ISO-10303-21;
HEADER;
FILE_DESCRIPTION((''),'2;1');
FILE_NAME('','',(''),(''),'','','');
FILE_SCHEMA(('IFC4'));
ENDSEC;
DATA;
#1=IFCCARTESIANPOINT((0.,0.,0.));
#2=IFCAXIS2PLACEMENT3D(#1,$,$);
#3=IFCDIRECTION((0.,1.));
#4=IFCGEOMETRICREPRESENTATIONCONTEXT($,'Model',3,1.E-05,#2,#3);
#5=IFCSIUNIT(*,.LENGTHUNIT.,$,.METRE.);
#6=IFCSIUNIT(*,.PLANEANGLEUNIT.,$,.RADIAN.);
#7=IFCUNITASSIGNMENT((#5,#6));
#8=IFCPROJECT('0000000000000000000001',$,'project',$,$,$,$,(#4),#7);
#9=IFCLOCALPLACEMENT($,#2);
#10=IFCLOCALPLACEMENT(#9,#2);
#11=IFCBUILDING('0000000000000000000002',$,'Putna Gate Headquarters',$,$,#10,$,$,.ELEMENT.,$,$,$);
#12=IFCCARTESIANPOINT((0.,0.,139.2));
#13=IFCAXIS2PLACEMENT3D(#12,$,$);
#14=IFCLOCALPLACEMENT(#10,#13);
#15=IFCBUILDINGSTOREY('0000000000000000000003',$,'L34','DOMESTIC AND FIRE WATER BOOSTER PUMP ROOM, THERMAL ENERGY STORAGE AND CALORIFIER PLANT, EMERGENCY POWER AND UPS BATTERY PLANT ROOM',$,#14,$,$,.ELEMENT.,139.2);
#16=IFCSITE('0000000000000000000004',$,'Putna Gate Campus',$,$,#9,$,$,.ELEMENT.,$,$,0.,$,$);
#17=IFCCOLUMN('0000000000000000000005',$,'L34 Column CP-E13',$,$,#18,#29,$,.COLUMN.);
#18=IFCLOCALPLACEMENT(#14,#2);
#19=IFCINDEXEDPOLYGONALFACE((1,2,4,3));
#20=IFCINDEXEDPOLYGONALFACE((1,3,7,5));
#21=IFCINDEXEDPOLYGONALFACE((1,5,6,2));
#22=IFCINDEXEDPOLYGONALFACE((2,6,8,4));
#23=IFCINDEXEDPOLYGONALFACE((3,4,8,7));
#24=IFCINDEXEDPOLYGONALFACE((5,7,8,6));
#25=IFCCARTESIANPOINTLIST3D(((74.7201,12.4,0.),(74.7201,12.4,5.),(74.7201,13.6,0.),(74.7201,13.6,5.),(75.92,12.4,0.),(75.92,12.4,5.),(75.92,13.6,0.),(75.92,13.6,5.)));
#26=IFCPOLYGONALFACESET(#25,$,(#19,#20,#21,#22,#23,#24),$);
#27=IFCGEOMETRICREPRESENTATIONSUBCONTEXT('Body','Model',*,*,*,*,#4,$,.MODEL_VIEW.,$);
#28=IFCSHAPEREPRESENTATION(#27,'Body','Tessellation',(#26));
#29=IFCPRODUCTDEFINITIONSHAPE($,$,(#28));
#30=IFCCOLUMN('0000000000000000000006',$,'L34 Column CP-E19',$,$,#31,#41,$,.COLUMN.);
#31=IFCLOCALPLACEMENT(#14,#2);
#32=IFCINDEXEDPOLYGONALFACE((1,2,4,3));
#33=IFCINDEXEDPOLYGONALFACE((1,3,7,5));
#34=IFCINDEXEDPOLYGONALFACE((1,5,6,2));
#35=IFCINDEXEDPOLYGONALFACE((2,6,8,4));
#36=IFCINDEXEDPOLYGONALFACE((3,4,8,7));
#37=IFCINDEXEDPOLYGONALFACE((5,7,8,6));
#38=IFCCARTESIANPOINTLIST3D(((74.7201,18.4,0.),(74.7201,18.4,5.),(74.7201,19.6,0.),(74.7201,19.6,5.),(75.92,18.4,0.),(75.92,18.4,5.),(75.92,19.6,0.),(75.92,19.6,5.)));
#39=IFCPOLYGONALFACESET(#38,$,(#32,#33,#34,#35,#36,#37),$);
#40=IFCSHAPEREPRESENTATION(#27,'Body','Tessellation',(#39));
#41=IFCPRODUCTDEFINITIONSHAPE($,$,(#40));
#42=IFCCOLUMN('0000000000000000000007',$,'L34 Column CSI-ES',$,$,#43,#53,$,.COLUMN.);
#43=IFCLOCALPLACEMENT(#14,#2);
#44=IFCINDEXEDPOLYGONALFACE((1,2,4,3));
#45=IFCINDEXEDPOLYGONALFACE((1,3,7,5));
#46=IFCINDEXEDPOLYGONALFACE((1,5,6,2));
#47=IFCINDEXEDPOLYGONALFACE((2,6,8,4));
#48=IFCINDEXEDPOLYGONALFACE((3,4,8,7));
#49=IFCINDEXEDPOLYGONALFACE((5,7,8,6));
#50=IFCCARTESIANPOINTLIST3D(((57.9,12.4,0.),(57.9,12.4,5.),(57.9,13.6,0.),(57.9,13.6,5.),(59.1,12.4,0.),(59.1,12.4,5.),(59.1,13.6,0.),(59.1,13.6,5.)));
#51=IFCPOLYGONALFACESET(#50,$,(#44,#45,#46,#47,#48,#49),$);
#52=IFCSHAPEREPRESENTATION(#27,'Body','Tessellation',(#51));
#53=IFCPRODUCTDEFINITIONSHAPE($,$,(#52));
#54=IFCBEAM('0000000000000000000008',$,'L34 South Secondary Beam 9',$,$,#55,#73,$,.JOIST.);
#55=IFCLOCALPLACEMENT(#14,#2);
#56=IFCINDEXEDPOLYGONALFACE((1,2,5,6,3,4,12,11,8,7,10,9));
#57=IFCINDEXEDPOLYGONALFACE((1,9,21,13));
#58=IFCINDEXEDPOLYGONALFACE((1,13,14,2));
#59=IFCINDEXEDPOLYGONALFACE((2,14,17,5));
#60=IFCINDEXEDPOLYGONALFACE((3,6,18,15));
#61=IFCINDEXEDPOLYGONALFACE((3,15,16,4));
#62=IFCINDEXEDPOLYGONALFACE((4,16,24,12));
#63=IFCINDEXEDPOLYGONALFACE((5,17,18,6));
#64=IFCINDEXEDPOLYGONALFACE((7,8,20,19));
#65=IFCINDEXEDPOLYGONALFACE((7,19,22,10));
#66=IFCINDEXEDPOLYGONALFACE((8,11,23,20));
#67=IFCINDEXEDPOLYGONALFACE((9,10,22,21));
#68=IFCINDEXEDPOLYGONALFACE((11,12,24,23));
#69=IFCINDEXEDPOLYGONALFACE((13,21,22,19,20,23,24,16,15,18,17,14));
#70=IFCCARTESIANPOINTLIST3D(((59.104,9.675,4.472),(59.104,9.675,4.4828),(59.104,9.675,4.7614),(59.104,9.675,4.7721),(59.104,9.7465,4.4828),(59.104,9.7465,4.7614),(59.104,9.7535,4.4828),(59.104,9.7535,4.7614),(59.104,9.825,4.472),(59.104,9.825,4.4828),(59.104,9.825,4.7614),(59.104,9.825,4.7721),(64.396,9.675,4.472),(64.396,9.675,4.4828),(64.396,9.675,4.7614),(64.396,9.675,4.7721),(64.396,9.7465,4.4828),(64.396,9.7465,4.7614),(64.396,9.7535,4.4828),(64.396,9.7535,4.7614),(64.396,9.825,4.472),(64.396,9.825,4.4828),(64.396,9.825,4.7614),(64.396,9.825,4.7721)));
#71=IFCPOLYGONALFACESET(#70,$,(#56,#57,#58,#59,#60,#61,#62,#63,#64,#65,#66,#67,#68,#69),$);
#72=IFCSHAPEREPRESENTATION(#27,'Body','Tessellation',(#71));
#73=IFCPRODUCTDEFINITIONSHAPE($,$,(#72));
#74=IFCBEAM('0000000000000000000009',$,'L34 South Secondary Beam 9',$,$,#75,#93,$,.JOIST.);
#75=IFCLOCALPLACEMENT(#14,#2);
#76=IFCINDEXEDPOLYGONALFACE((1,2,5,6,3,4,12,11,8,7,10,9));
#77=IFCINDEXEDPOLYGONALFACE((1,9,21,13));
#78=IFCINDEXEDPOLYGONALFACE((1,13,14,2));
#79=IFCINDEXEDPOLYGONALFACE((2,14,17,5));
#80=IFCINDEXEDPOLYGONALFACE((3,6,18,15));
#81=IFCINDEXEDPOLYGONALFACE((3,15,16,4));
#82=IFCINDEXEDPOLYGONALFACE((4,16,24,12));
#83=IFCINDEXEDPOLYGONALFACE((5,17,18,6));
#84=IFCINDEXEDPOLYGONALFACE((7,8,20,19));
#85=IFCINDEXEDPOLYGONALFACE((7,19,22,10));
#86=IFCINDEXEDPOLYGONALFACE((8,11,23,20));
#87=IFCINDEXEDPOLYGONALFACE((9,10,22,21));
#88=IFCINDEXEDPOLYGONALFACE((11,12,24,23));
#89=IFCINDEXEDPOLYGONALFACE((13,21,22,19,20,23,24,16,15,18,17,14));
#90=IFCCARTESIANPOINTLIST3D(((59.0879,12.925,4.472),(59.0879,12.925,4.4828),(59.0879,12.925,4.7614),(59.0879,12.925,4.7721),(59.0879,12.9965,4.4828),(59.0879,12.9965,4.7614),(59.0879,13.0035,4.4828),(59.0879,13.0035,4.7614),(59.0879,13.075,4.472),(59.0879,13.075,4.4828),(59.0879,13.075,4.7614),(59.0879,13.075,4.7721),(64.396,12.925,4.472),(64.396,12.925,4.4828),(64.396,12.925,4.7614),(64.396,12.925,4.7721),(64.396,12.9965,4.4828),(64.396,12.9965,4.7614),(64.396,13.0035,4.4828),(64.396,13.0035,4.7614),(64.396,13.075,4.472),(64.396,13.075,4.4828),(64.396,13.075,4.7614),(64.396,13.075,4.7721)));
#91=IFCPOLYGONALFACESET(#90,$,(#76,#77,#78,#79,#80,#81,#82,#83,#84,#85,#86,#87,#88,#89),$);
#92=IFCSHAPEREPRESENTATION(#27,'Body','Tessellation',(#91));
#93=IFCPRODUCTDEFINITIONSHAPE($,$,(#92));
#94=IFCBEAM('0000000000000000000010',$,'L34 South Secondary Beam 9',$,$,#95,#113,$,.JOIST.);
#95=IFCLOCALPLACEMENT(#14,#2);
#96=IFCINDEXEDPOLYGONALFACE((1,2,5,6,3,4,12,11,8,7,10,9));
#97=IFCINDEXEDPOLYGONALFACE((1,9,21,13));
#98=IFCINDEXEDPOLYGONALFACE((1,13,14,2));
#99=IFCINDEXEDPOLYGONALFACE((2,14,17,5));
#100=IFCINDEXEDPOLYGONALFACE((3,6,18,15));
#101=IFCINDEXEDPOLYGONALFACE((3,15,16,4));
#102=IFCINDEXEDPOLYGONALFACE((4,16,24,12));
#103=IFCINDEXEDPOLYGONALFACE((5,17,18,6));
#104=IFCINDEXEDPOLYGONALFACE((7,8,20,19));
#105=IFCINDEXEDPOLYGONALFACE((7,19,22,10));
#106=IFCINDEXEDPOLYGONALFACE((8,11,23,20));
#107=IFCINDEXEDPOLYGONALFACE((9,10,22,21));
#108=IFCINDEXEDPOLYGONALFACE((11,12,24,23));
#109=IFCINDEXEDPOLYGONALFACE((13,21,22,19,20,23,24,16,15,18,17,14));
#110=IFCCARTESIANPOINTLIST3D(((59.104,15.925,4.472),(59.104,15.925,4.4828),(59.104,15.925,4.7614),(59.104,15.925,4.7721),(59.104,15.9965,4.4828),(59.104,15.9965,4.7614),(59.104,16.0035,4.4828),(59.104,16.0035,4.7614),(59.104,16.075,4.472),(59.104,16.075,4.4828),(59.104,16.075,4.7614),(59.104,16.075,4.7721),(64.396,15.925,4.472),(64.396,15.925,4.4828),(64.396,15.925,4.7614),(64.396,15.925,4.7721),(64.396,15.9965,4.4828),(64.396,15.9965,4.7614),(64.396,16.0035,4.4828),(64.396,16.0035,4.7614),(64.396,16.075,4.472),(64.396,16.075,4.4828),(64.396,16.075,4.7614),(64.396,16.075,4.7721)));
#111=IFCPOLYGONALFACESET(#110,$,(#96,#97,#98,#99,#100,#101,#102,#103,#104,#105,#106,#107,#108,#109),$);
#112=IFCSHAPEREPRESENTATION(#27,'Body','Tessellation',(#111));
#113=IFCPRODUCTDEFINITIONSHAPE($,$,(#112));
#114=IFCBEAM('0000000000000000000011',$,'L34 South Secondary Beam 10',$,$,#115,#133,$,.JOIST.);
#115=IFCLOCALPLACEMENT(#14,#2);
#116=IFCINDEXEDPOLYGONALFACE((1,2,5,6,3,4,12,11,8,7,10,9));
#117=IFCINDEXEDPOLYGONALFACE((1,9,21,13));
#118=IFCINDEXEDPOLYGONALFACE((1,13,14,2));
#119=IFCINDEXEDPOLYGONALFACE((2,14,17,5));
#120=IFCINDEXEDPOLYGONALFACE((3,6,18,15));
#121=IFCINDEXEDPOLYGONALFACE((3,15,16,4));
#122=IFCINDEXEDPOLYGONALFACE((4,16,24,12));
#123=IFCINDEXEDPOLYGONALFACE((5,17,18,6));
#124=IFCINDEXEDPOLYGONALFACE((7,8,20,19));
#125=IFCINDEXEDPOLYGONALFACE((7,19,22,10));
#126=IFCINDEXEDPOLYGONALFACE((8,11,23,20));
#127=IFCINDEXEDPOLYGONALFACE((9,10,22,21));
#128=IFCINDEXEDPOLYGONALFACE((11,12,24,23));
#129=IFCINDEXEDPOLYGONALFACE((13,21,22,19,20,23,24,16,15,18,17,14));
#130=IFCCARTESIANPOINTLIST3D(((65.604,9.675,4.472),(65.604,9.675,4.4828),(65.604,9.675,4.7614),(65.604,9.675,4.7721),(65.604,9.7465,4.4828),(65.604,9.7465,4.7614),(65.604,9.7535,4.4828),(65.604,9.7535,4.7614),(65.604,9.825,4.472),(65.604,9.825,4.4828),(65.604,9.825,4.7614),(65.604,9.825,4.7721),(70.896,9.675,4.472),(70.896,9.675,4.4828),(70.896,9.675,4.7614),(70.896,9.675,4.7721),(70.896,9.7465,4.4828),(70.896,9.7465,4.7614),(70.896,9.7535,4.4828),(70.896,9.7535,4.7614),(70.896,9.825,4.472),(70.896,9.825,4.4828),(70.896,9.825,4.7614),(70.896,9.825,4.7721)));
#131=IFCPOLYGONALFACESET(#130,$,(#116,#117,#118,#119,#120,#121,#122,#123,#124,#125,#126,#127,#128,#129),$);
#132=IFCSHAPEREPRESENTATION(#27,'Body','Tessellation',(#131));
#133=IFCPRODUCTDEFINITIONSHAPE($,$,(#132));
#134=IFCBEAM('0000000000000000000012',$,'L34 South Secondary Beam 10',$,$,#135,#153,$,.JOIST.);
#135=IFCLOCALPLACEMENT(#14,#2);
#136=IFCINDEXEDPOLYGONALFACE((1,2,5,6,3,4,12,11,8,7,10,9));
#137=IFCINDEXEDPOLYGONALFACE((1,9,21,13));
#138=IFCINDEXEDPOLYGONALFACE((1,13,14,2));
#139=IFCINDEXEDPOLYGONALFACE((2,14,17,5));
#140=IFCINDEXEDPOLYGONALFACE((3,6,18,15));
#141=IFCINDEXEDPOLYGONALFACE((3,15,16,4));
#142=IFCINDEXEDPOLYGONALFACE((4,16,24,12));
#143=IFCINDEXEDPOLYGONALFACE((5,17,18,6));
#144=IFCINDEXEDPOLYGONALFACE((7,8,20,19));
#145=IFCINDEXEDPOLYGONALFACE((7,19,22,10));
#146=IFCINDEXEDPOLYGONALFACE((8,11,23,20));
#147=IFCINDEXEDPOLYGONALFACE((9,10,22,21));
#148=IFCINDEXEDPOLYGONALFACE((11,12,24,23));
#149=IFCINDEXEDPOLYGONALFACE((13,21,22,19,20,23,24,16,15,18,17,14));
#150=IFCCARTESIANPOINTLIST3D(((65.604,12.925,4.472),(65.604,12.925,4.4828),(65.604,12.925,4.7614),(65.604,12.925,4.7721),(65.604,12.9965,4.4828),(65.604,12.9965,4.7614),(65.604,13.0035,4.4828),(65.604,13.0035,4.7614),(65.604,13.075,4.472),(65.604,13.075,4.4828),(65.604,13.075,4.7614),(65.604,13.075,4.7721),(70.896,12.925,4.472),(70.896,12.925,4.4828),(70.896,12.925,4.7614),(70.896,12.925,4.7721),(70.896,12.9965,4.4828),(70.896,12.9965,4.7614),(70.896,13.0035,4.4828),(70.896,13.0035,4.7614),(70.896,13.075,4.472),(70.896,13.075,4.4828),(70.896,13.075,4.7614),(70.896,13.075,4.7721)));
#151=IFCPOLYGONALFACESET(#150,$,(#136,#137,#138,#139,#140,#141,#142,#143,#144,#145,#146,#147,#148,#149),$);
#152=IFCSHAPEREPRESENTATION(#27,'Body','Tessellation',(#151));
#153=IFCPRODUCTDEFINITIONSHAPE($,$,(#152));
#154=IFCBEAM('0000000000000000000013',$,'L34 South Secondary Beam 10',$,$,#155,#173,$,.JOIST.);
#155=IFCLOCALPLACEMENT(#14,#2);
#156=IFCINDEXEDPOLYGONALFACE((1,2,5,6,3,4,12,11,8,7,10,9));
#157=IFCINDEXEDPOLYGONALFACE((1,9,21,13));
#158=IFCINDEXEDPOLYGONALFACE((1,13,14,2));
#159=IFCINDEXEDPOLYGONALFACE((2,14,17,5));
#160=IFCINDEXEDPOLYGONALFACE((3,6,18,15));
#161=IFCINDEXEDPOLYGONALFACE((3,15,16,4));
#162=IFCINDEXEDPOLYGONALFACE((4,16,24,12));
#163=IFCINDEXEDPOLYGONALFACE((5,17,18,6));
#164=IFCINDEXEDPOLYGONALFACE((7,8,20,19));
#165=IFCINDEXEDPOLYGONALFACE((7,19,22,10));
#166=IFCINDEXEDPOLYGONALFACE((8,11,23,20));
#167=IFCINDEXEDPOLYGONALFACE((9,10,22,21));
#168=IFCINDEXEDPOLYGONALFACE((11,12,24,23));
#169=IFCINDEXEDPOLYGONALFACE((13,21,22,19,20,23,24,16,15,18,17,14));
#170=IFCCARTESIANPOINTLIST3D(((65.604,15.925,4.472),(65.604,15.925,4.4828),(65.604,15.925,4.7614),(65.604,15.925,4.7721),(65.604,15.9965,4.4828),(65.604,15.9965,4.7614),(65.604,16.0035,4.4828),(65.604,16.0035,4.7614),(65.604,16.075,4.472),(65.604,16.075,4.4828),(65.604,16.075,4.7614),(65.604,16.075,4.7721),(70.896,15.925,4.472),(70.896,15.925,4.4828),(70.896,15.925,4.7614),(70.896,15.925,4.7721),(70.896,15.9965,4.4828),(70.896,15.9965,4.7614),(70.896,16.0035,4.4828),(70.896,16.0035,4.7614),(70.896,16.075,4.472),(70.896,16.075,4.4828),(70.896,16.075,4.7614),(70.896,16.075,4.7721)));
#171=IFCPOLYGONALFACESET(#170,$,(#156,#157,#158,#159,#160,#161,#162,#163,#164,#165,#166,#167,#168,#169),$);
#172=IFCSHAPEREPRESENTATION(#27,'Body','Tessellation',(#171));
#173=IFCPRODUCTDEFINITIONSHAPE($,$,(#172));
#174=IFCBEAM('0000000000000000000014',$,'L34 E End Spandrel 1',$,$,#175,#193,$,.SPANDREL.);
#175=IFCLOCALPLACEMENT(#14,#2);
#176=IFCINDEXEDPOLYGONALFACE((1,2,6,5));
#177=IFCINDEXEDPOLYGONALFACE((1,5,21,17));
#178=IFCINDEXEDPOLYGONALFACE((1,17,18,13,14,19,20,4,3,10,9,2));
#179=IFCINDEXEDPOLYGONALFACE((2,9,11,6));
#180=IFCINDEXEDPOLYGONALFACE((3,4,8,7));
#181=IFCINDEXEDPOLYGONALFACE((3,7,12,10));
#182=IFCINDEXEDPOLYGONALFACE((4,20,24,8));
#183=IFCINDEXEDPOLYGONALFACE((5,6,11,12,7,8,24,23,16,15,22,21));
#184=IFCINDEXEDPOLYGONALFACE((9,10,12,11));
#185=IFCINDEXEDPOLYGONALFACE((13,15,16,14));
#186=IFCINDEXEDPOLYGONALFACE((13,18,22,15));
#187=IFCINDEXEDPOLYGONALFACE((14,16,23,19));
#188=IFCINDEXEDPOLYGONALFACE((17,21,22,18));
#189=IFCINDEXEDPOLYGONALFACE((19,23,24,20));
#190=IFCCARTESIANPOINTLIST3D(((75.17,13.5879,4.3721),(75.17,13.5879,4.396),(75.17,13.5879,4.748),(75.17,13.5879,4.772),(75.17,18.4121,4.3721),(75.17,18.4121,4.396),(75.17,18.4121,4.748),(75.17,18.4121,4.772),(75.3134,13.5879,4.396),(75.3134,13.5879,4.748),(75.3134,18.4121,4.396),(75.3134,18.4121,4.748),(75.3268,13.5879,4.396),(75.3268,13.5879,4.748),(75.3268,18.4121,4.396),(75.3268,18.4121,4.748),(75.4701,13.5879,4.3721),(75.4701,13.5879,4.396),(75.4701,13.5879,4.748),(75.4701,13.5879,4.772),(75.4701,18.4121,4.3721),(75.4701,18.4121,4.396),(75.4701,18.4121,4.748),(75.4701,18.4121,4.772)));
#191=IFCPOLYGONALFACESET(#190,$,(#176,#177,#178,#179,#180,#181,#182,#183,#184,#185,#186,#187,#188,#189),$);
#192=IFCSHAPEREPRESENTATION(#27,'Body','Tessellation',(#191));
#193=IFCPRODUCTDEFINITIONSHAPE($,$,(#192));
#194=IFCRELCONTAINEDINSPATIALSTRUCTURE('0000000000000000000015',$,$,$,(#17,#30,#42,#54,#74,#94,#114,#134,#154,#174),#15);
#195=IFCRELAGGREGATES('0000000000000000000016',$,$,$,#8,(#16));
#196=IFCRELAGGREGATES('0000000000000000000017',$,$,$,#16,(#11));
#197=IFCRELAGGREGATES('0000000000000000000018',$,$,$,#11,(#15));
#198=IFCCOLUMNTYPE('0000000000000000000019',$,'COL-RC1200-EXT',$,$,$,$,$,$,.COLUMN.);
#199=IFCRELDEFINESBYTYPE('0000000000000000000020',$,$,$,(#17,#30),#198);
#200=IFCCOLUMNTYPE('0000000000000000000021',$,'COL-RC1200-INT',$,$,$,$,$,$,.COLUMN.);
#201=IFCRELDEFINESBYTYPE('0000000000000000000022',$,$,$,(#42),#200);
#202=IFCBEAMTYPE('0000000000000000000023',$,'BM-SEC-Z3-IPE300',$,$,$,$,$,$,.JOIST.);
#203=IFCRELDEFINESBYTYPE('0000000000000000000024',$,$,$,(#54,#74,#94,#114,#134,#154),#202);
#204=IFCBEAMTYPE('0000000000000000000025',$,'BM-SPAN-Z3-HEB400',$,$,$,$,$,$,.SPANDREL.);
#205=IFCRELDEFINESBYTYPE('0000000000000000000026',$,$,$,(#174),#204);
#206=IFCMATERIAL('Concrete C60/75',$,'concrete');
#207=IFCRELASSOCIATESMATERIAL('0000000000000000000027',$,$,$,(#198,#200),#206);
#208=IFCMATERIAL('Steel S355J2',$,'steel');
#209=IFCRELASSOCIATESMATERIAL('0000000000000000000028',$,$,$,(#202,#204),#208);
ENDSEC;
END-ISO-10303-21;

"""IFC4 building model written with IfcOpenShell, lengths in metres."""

from ifc_helpers import new_model, si_unit, direction, frame, origin, origin_2d, place, context, subcontext, project, spatial, rectangle, i_section, extrude, material, material_profile, profile_set, type_object, element, save


model = new_model("IFC4")

# Units and contexts
model_context = context("Model", 3, precision=1e-05, world=origin(), true_north=direction((0.0, 1.0)))
body_context = subcontext(model_context, "Body", "Model", "MODEL_VIEW")
ifc_project = project(units=[si_unit("LENGTHUNIT", "METRE"), si_unit("PLANEANGLEUNIT", "RADIAN")], contexts=[model_context])

# Site, building, storey
site_placement = place(None, origin())
site = spatial("IfcSite", under=ifc_project, at=site_placement, Name="Putna Gate Campus", CompositionType="ELEMENT", RefElevation=0.0)
building_placement = place(site_placement, origin())
building = spatial("IfcBuilding", under=site, at=building_placement, Name="Putna Gate Headquarters", CompositionType="ELEMENT")
storey_placement = place(building_placement, frame((0.0, 0.0, 139.2)))
storey = spatial("IfcBuildingStorey", under=building, at=storey_placement, Name="L34", Description="DOMESTIC AND FIRE WATER BOOSTER PUMP ROOM, THERMAL ENERGY STORAGE AND CALORIFIER PLANT, EMERGENCY POWER AND UPS BATTERY PLANT ROOM", CompositionType="ELEMENT", Elevation=139.2)

# Columns
ifc_material_1 = material(Name="Concrete C60/75", Category="concrete")
ifc_material_profile_1 = material_profile(ifc_material_1, rectangle(XDim=1.2, YDim=1.2, at=origin_2d()), Name="Concrete C60/75")
ifc_profile_set_1 = profile_set([ifc_material_profile_1], Name="Concrete C60/75")
column_type_1 = type_object("IfcColumnType", Name="COL-RC1200-EXT", PredefinedType="COLUMN", material=ifc_profile_set_1)
for number, where, z_axis, x_axis, name in (
    (1, (75.3201, 13.0, 0.0), (0.0, 0.0, 1.0), (1.0, 0.0, 0.0), "L34 Column CP-E13"),
    (2, (75.3201, 19.0, 0.0), (0.0, 0.0, 1.0), (1.0, 0.0, 0.0), "L34 Column CP-E19"),
):
    element("IfcColumn", number, at=place(storey_placement, frame(where, z_axis=z_axis, x_axis=x_axis)), inside=storey, type_object=column_type_1, Name=name, PredefinedType="COLUMN", context=body_context, shape_type="SweptSolid", body=[
        extrude(rectangle(XDim=1.2, YDim=1.2, at=origin_2d()), origin(), (0.0, 0.0, 1.0), 5.0),
    ])
ifc_material_profile_2 = material_profile(ifc_material_1, rectangle(XDim=1.2, YDim=1.2, at=origin_2d()), Name="Concrete C60/75")
ifc_profile_set_2 = profile_set([ifc_material_profile_2], Name="Concrete C60/75")
column_type_2 = type_object("IfcColumnType", Name="COL-RC1200-INT", PredefinedType="COLUMN", material=ifc_profile_set_2)
column_placement = place(storey_placement, frame((58.5, 13.0, 0.0), z_axis=(0.0, 0.0, 1.0), x_axis=(1.0, 0.0, 0.0)))
element("IfcColumn", 3, at=column_placement, inside=storey, type_object=column_type_2, Name="L34 Column CSI-ES", PredefinedType="COLUMN", context=body_context, shape_type="SweptSolid", body=[
    extrude(rectangle(XDim=1.2, YDim=1.2, at=origin_2d()), origin(), (0.0, 0.0, 1.0), 5.0),
])

# Beams
ifc_material_2 = material(Name="Steel S355J2", Category="steel")
ifc_material_profile_3 = material_profile(ifc_material_2, i_section(OverallWidth=0.1499, OverallDepth=0.3, WebThickness=0.0071, FlangeThickness=0.0107, at=origin_2d()), Name="Steel S355J2")
ifc_profile_set_3 = profile_set([ifc_material_profile_3], Name="Steel S355J2")
beam_type_1 = type_object("IfcBeamType", Name="BM-SEC-Z3-IPE300", PredefinedType="JOIST", material=ifc_profile_set_3)
beam_1_placement = place(storey_placement, frame((59.104, 9.75, 4.6221), z_axis=(1.0, 0.0, 0.0), x_axis=(0.0, 1.0, 0.0)))
element("IfcBeam", 4, at=beam_1_placement, inside=storey, type_object=beam_type_1, Name="L34 South Secondary Beam 9", PredefinedType="JOIST", context=body_context, shape_type="SweptSolid", body=[
    extrude(i_section(OverallWidth=0.1499, OverallDepth=0.3, WebThickness=0.0071, FlangeThickness=0.0107, at=origin_2d()), origin(), (0.0, 0.0, 1.0), 5.292),
])
beam_2_placement = place(storey_placement, frame((59.0879, 13.0, 4.6221), z_axis=(1.0, 0.0, 0.0), x_axis=(0.0, 1.0, 0.0)))
element("IfcBeam", 5, at=beam_2_placement, inside=storey, type_object=beam_type_1, Name="L34 South Secondary Beam 9", PredefinedType="JOIST", context=body_context, shape_type="SweptSolid", body=[
    extrude(i_section(OverallWidth=0.1499, OverallDepth=0.3, WebThickness=0.0071, FlangeThickness=0.0107, at=origin_2d()), origin(), (0.0, 0.0, 1.0), 5.3081),
])
for number, where, z_axis, x_axis, name in (
    (6, (59.104, 16.0, 4.6221), (1.0, 0.0, 0.0), (0.0, 1.0, 0.0), "L34 South Secondary Beam 9"),
    (7, (65.604, 9.75, 4.6221), (1.0, 0.0, 0.0), (0.0, 1.0, 0.0), "L34 South Secondary Beam 10"),
    (8, (65.604, 13.0, 4.6221), (1.0, 0.0, 0.0), (0.0, 1.0, 0.0), "L34 South Secondary Beam 10"),
    (9, (65.604, 16.0, 4.6221), (1.0, 0.0, 0.0), (0.0, 1.0, 0.0), "L34 South Secondary Beam 10"),
):
    element("IfcBeam", number, at=place(storey_placement, frame(where, z_axis=z_axis, x_axis=x_axis)), inside=storey, type_object=beam_type_1, Name=name, PredefinedType="JOIST", context=body_context, shape_type="SweptSolid", body=[
        extrude(i_section(OverallWidth=0.1499, OverallDepth=0.3, WebThickness=0.0071, FlangeThickness=0.0107, at=origin_2d()), origin(), (0.0, 0.0, 1.0), 5.292),
    ])
ifc_material_profile_4 = material_profile(ifc_material_2, i_section(OverallWidth=0.3, OverallDepth=0.3999, WebThickness=0.0134, FlangeThickness=0.0239, at=origin_2d()), Name="Steel S355J2")
ifc_profile_set_4 = profile_set([ifc_material_profile_4], Name="Steel S355J2")
beam_type_2 = type_object("IfcBeamType", Name="BM-SPAN-Z3-HEB400", PredefinedType="SPANDREL", material=ifc_profile_set_4)
beam_3_placement = place(storey_placement, frame((75.3201, 13.5879, 4.572), z_axis=(0.0, 1.0, 0.0), x_axis=(-1.0, 0.0, 0.0)))
element("IfcBeam", 10, at=beam_3_placement, inside=storey, type_object=beam_type_2, Name="L34 E End Spandrel 1", PredefinedType="SPANDREL", context=body_context, shape_type="SweptSolid", body=[
    extrude(i_section(OverallWidth=0.3, OverallDepth=0.3999, WebThickness=0.0134, FlangeThickness=0.0239, at=origin_2d()), origin(), (0.0, 0.0, 1.0), 4.8242),
])

save(model, "model.ifc")
